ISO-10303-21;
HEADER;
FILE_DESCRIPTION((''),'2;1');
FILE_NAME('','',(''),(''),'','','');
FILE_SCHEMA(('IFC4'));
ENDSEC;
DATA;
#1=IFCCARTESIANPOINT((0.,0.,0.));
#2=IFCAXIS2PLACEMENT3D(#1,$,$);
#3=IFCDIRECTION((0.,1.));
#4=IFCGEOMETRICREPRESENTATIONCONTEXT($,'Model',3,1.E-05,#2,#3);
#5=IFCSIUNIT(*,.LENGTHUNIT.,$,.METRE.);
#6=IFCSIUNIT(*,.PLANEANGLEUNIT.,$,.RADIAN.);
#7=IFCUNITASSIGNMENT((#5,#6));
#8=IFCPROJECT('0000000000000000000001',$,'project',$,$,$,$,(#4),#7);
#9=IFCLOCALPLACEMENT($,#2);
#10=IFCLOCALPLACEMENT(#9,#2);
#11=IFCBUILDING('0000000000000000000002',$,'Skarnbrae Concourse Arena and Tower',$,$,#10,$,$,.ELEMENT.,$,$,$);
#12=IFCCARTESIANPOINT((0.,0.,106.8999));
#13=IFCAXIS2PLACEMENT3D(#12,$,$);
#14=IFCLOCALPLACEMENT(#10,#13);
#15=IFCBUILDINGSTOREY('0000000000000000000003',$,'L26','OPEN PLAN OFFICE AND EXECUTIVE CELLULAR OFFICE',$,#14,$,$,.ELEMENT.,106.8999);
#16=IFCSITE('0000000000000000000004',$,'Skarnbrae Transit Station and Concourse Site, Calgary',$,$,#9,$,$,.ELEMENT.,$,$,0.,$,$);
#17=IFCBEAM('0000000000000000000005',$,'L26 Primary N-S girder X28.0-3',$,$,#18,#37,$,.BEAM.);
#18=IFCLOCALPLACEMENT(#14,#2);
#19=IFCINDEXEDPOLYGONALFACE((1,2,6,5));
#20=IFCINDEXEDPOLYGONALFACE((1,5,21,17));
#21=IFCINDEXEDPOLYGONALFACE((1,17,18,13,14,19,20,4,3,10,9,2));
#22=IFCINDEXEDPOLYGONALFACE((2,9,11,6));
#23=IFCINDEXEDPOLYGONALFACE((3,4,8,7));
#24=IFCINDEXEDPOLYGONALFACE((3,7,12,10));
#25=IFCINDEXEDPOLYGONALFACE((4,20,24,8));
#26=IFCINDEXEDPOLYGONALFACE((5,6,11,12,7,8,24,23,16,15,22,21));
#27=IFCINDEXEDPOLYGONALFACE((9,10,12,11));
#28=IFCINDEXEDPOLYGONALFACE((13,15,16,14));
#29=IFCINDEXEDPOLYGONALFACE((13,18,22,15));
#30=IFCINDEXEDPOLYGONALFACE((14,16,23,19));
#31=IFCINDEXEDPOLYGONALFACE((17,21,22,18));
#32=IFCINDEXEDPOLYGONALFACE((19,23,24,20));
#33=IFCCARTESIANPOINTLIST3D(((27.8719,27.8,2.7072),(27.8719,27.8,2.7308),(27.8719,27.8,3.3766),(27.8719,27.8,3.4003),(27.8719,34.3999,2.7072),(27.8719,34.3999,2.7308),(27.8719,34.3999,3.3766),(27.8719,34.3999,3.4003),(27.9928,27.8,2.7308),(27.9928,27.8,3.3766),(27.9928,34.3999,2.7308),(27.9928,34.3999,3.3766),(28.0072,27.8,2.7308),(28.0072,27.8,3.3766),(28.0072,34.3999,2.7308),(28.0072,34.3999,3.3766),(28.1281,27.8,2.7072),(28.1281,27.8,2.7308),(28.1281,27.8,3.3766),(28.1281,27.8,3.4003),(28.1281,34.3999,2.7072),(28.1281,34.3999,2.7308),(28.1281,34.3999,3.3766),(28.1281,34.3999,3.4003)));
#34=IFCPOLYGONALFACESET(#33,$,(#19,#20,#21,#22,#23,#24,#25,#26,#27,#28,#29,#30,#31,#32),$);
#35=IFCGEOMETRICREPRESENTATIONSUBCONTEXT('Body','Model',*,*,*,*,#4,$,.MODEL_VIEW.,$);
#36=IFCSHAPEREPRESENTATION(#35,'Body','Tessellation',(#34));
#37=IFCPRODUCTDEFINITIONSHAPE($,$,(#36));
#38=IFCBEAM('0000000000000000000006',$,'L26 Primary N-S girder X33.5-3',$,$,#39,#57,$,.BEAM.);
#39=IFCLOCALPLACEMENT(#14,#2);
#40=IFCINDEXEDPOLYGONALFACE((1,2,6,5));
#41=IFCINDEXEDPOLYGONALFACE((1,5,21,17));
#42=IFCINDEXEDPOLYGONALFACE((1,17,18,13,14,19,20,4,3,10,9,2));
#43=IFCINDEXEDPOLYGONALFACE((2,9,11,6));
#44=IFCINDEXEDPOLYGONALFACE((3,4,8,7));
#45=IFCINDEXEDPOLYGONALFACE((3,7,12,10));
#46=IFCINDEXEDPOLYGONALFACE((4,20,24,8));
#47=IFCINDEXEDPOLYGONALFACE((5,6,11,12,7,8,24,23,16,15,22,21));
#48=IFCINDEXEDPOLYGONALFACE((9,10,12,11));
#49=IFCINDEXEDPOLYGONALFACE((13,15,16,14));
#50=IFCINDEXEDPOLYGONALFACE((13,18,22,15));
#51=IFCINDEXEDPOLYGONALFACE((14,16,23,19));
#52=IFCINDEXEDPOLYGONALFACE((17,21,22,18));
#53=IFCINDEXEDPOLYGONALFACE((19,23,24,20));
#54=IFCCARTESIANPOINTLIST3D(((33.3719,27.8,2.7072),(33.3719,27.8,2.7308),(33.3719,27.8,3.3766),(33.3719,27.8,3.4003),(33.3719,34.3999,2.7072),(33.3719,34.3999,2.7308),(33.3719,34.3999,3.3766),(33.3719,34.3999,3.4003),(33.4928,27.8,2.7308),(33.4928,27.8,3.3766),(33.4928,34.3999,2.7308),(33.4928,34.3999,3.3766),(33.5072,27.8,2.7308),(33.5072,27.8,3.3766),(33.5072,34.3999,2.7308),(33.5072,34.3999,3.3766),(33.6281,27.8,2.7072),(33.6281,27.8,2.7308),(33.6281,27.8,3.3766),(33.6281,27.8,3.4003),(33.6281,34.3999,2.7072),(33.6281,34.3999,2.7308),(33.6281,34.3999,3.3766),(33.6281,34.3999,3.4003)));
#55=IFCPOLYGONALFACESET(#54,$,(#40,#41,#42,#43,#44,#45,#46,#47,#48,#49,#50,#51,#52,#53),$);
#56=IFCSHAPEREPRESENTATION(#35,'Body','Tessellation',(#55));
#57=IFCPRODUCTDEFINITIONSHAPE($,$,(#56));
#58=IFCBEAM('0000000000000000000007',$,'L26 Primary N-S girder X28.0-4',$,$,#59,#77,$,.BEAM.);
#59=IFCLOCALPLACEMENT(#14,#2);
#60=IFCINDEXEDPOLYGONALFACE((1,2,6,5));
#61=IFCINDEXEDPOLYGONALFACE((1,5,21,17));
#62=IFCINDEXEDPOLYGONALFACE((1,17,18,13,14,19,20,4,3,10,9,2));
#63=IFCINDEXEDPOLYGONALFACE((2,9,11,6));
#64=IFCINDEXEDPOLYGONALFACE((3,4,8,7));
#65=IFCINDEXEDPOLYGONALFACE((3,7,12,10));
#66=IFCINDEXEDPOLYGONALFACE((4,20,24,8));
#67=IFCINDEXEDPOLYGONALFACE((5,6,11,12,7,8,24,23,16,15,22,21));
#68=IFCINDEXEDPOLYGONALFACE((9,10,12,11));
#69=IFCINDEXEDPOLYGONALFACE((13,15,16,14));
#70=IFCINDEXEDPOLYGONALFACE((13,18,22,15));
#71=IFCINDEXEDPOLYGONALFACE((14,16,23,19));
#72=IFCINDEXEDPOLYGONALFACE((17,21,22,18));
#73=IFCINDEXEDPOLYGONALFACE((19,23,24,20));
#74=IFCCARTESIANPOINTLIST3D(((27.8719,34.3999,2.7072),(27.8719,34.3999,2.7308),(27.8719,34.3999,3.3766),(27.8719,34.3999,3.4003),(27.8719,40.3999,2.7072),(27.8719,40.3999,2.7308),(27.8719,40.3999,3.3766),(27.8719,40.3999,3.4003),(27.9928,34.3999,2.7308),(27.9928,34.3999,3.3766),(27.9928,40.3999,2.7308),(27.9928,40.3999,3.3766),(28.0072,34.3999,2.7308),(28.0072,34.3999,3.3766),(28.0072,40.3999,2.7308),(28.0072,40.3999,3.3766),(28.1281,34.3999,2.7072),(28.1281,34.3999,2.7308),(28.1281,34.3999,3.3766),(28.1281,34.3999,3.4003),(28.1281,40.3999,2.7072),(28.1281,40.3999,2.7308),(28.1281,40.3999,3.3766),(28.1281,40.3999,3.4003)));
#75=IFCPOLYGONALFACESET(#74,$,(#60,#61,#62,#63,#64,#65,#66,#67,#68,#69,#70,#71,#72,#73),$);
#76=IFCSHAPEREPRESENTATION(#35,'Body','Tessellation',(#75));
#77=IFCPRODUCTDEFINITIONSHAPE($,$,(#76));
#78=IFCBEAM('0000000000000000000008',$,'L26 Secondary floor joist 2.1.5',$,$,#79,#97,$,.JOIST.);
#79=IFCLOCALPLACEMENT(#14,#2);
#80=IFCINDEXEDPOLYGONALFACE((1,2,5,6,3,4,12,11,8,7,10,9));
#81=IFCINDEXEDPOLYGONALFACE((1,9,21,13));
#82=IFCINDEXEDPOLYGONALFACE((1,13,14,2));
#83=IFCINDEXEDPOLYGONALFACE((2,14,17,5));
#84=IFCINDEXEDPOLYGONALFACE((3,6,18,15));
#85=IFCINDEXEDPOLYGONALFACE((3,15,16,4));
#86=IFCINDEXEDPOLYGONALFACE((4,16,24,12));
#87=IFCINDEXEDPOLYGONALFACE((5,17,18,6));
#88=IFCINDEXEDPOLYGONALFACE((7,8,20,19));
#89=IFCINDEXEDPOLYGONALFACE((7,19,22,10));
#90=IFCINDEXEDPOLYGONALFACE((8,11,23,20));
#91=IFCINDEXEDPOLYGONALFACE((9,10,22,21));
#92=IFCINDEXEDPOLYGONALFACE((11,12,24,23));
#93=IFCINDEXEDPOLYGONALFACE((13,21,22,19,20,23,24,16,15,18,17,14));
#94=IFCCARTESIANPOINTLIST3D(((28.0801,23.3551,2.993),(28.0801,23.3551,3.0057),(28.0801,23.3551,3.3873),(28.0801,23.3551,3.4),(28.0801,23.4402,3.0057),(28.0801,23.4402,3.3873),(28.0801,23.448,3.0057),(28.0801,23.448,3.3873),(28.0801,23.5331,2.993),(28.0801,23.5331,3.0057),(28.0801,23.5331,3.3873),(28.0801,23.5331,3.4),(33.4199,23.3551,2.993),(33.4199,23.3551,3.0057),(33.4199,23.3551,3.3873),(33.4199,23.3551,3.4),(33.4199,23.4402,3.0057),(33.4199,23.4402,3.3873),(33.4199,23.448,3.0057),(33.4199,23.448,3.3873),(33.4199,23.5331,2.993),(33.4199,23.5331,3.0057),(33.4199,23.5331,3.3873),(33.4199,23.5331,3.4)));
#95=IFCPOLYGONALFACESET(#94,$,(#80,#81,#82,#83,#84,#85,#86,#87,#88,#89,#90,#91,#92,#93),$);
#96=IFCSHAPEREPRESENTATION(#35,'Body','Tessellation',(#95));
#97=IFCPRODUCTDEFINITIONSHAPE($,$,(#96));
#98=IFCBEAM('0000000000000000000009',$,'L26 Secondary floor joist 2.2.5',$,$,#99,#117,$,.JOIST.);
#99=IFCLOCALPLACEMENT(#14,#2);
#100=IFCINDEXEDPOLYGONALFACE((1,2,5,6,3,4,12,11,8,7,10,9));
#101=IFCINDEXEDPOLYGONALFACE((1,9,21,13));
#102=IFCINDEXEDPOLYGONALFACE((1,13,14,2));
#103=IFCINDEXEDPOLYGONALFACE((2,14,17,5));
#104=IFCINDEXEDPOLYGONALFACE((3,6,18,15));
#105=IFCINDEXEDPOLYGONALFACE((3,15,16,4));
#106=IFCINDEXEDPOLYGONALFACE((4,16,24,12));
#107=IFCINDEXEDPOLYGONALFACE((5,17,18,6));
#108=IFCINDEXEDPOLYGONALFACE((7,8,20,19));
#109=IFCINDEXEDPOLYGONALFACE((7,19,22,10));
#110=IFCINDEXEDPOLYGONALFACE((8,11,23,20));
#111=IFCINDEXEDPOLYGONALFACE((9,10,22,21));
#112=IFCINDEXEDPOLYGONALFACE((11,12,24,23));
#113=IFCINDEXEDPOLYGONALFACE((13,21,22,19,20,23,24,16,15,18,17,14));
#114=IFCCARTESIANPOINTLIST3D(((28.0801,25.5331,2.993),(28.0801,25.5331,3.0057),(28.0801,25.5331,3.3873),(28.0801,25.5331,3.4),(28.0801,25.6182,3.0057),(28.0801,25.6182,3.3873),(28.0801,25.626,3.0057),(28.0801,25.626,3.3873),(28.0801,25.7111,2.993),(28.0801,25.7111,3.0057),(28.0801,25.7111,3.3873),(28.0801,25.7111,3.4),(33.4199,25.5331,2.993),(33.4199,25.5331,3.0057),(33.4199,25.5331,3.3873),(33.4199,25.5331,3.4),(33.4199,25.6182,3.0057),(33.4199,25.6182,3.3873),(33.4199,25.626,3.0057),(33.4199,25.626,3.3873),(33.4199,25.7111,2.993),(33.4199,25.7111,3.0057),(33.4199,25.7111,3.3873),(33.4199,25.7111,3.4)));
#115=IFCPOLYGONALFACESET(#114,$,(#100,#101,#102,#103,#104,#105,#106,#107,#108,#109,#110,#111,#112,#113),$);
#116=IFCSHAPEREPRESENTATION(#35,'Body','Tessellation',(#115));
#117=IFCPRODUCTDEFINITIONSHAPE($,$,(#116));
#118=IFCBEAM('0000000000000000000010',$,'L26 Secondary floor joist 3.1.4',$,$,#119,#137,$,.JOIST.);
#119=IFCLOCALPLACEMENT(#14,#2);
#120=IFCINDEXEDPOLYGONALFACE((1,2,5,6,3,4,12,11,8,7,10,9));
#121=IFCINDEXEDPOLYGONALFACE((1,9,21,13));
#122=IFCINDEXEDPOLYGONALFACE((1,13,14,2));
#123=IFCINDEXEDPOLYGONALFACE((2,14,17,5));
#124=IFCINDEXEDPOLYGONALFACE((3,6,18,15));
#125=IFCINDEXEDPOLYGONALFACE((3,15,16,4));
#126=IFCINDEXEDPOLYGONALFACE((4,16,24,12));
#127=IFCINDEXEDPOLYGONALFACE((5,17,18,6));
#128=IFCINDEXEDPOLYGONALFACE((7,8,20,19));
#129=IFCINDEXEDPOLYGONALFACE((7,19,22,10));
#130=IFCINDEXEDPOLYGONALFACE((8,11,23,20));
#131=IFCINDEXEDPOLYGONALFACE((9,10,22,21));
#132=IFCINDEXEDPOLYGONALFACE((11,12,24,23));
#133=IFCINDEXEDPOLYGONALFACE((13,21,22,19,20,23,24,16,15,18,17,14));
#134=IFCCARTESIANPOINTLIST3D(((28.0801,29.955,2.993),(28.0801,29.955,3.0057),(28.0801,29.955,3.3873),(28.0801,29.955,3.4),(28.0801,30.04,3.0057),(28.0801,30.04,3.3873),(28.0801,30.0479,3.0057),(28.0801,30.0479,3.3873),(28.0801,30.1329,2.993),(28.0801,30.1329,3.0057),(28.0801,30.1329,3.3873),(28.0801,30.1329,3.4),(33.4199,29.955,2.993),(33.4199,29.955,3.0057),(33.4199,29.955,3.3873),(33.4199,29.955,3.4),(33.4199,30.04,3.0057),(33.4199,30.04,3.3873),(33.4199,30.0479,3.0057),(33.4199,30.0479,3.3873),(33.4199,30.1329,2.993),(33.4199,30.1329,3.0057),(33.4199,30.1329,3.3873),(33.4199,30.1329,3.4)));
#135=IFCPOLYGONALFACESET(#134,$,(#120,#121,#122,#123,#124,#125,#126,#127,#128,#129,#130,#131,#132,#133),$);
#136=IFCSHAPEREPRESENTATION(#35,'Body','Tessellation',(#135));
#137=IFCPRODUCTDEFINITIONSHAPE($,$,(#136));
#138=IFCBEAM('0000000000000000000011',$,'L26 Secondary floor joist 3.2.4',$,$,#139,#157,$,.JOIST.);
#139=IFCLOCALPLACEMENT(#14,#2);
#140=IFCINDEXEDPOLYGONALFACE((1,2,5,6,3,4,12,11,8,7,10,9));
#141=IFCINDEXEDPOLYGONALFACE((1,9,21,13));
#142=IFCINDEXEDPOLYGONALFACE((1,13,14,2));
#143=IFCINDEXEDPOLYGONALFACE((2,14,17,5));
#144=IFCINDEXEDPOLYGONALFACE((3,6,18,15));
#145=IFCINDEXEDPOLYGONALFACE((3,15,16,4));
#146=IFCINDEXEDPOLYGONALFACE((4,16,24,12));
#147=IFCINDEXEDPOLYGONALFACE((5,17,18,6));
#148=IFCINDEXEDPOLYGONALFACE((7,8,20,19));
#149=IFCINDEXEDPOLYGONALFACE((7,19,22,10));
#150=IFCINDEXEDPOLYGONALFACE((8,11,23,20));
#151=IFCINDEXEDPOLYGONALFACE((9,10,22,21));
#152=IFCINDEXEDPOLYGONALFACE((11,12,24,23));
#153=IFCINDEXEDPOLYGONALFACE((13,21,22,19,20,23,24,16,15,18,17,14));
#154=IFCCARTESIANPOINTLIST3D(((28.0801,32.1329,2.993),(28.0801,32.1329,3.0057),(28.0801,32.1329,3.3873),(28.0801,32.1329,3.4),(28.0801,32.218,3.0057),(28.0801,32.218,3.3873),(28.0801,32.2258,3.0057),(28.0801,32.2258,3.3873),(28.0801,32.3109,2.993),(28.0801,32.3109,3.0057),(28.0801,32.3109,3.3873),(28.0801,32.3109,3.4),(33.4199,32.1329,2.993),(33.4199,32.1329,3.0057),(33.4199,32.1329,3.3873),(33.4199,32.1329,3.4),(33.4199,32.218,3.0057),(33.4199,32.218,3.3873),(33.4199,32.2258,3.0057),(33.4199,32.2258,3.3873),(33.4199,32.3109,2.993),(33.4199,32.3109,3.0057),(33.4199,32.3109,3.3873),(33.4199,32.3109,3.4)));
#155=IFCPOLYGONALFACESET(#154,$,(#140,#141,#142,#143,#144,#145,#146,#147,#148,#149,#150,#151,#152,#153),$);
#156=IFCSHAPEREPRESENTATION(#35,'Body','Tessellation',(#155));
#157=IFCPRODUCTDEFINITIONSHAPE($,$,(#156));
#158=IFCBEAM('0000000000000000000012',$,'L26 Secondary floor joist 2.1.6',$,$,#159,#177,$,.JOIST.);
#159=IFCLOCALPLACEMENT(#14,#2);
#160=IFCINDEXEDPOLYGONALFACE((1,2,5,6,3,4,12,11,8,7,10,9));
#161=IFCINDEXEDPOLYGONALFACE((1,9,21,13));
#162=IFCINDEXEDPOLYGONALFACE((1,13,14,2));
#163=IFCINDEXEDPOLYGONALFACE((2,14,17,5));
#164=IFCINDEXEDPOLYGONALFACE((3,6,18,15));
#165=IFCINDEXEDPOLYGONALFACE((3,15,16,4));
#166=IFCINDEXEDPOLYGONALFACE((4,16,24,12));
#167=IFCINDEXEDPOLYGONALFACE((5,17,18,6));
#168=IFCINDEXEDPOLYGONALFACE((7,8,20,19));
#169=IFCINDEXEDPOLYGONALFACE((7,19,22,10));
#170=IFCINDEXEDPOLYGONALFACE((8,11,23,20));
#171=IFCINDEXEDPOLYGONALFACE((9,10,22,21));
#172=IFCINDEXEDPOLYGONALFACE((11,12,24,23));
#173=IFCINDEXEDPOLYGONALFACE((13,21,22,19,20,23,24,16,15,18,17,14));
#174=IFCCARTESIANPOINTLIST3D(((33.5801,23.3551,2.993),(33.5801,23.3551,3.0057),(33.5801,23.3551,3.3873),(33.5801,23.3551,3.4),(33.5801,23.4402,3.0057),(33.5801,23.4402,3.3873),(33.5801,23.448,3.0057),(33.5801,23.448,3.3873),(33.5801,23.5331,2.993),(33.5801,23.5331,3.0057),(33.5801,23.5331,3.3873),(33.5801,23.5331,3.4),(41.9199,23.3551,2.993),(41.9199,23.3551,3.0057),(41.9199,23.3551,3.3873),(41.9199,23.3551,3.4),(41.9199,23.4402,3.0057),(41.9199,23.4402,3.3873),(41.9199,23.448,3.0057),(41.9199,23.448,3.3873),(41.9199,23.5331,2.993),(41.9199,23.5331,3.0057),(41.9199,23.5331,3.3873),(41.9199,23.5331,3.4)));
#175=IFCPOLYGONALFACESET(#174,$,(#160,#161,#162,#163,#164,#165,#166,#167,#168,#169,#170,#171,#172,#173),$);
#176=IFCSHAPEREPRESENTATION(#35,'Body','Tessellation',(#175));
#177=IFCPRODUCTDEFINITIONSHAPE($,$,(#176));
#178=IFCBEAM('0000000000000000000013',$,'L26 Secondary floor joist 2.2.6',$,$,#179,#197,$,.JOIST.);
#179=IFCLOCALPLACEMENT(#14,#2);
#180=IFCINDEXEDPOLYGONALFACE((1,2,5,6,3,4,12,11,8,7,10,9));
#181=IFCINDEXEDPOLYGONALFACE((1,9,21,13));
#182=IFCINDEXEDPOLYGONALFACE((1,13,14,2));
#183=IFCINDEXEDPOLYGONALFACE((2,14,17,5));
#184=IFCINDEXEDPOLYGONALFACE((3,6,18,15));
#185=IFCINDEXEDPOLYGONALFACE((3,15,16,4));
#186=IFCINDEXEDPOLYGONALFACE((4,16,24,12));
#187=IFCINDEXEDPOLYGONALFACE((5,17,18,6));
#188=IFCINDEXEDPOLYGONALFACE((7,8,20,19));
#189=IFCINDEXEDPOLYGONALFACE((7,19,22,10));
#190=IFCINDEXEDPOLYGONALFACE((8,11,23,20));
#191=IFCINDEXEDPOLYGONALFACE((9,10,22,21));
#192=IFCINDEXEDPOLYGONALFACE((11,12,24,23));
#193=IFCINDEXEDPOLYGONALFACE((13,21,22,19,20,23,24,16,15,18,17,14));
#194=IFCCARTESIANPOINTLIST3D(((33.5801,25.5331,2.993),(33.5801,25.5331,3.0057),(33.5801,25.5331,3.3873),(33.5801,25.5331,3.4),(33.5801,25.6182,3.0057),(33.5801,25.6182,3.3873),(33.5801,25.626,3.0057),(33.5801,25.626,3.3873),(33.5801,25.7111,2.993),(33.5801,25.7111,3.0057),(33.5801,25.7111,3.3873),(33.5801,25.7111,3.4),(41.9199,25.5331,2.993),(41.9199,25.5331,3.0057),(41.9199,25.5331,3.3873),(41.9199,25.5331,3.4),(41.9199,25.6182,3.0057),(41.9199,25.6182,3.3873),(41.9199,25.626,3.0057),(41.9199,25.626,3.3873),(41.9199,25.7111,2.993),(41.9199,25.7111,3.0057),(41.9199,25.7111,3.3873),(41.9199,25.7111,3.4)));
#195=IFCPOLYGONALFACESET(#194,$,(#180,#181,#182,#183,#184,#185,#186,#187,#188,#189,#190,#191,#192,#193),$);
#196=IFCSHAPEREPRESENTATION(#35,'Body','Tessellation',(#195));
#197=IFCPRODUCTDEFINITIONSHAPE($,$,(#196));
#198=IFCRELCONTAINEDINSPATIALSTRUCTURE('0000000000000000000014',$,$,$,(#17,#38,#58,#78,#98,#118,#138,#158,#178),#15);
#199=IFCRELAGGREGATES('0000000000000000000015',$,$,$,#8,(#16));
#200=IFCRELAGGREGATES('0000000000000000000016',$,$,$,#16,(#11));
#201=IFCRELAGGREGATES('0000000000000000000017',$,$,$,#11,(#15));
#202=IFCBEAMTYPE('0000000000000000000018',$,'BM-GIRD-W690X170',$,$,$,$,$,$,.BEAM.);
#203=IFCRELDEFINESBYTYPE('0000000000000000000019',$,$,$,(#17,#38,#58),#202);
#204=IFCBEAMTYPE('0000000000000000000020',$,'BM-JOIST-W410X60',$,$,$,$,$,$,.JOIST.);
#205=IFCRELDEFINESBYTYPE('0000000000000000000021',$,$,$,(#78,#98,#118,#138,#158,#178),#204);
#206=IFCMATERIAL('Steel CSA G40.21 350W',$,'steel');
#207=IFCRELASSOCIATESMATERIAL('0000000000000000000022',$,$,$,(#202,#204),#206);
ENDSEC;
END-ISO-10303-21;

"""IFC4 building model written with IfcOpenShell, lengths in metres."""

from ifc_helpers import new_model, si_unit, direction, frame, origin, origin_2d, place, context, subcontext, project, spatial, i_section, extrude, source, transform, mapped, material, material_profile, profile_set, type_object, element, save


model = new_model("IFC4")

# Units and contexts
model_context = context("Model", 3, precision=1e-05, world=origin(), true_north=direction((0.0, 1.0)))
body_context = subcontext(model_context, "Body", "Model", "MODEL_VIEW")
ifc_project = project(units=[si_unit("LENGTHUNIT", "METRE"), si_unit("PLANEANGLEUNIT", "RADIAN")], contexts=[model_context])

# Site, building, storey
site_placement = place(None, origin())
site = spatial("IfcSite", under=ifc_project, at=site_placement, Name="Skarnbrae Transit Station and Concourse Site, Calgary", CompositionType="ELEMENT", RefElevation=0.0)
building_placement = place(site_placement, origin())
building = spatial("IfcBuilding", under=site, at=building_placement, Name="Skarnbrae Concourse Arena and Tower", CompositionType="ELEMENT")
storey_placement = place(building_placement, frame((0.0, 0.0, 106.8999)))
storey = spatial("IfcBuildingStorey", under=building, at=storey_placement, Name="L26", Description="OPEN PLAN OFFICE AND EXECUTIVE CELLULAR OFFICE", CompositionType="ELEMENT", Elevation=106.8999)

# Shared definitions
ifc_material_1 = material(Name="Steel CSA G40.21 350W", Category="steel")

# Beams
ifc_material_profile_1 = material_profile(ifc_material_1, i_section(OverallWidth=0.2561, OverallDepth=0.6931, WebThickness=0.0144, FlangeThickness=0.0237, at=origin_2d()), Name="W690X170")
ifc_profile_set_1 = profile_set([ifc_material_profile_1], Name="Steel CSA G40.21 350W")
beam_type_1 = type_object("IfcBeamType", Name="BM-GIRD-W690X170", PredefinedType="BEAM", material=ifc_profile_set_1)
shared_shape_1 = source(origin(), body_context, "Body", "SweptSolid", [
    extrude(i_section(OverallWidth=0.2561, OverallDepth=0.6931, WebThickness=0.0144, FlangeThickness=0.0237, at=origin_2d()), origin(), (0.0, 0.0, 1.0), 6.5999),
])
for number, where, z_axis, x_axis, name in (
    (1, (28.0, 27.8, 3.0537), (0.0, 1.0, 0.0), (-1.0, 0.0, 0.0), "L26 Primary N-S girder X28.0-3"),
    (2, (33.5, 27.8, 3.0537), (0.0, 1.0, 0.0), (-1.0, 0.0, 0.0), "L26 Primary N-S girder X33.5-3"),
):
    element("IfcBeam", number, at=place(storey_placement, frame(where, z_axis=z_axis, x_axis=x_axis)), inside=storey, type_object=beam_type_1, Name=name, PredefinedType="BEAM", context=body_context, shape_type="MappedRepresentation", body=[
        mapped(shared_shape_1, transform((0.0, 0.0, 0.0))),
    ])
shared_shape_2 = source(origin(), body_context, "Body", "SweptSolid", [
    extrude(i_section(OverallWidth=0.2561, OverallDepth=0.6931, WebThickness=0.0144, FlangeThickness=0.0237, at=origin_2d()), origin(), (0.0, 0.0, 1.0), 6.0),
])
beam_1_placement = place(storey_placement, frame((28.0, 34.3999, 3.0537), z_axis=(0.0, 1.0, 0.0), x_axis=(-1.0, 0.0, 0.0)))
element("IfcBeam", 3, at=beam_1_placement, inside=storey, type_object=beam_type_1, Name="L26 Primary N-S girder X28.0-4", PredefinedType="BEAM", context=body_context, shape_type="MappedRepresentation", body=[
    mapped(shared_shape_2, transform((0.0, 0.0, 0.0))),
])
ifc_material_profile_2 = material_profile(ifc_material_1, i_section(OverallWidth=0.178, OverallDepth=0.407, WebThickness=0.0078, FlangeThickness=0.0127, at=origin_2d()), Name="W410X60")
ifc_profile_set_2 = profile_set([ifc_material_profile_2], Name="Steel CSA G40.21 350W")
beam_type_2 = type_object("IfcBeamType", Name="BM-JOIST-W410X60", PredefinedType="JOIST", material=ifc_profile_set_2)
shared_shape_3 = source(origin(), body_context, "Body", "SweptSolid", [
    extrude(i_section(OverallWidth=0.178, OverallDepth=0.407, WebThickness=0.0078, FlangeThickness=0.0127, at=origin_2d()), origin(), (0.0, 0.0, 1.0), 5.3398),
])
for number, where, z_axis, x_axis, name in (
    (4, (28.0801, 23.4441, 3.1965), (1.0, 0.0, 0.0), (0.0, 1.0, 0.0), "L26 Secondary floor joist 2.1.5"),
    (5, (28.0801, 25.6221, 3.1965), (1.0, 0.0, 0.0), (0.0, 1.0, 0.0), "L26 Secondary floor joist 2.2.5"),
    (6, (28.0801, 30.0439, 3.1965), (1.0, 0.0, 0.0), (0.0, 1.0, 0.0), "L26 Secondary floor joist 3.1.4"),
    (7, (28.0801, 32.2219, 3.1965), (1.0, 0.0, 0.0), (0.0, 1.0, 0.0), "L26 Secondary floor joist 3.2.4"),
):
    element("IfcBeam", number, at=place(storey_placement, frame(where, z_axis=z_axis, x_axis=x_axis)), inside=storey, type_object=beam_type_2, Name=name, PredefinedType="JOIST", context=body_context, shape_type="MappedRepresentation", body=[
        mapped(shared_shape_3, transform((0.0, 0.0, 0.0))),
    ])
shared_shape_4 = source(origin(), body_context, "Body", "SweptSolid", [
    extrude(i_section(OverallWidth=0.178, OverallDepth=0.407, WebThickness=0.0078, FlangeThickness=0.0127, at=origin_2d()), origin(), (0.0, 0.0, 1.0), 8.3398),
])
for number, where, z_axis, x_axis, name in (
    (8, (33.5801, 23.4441, 3.1965), (1.0, 0.0, 0.0), (0.0, 1.0, 0.0), "L26 Secondary floor joist 2.1.6"),
    (9, (33.5801, 25.6221, 3.1965), (1.0, 0.0, 0.0), (0.0, 1.0, 0.0), "L26 Secondary floor joist 2.2.6"),
):
    element("IfcBeam", number, at=place(storey_placement, frame(where, z_axis=z_axis, x_axis=x_axis)), inside=storey, type_object=beam_type_2, Name=name, PredefinedType="JOIST", context=body_context, shape_type="MappedRepresentation", body=[
        mapped(shared_shape_4, transform((0.0, 0.0, 0.0))),
    ])

save(model, "model.ifc")
